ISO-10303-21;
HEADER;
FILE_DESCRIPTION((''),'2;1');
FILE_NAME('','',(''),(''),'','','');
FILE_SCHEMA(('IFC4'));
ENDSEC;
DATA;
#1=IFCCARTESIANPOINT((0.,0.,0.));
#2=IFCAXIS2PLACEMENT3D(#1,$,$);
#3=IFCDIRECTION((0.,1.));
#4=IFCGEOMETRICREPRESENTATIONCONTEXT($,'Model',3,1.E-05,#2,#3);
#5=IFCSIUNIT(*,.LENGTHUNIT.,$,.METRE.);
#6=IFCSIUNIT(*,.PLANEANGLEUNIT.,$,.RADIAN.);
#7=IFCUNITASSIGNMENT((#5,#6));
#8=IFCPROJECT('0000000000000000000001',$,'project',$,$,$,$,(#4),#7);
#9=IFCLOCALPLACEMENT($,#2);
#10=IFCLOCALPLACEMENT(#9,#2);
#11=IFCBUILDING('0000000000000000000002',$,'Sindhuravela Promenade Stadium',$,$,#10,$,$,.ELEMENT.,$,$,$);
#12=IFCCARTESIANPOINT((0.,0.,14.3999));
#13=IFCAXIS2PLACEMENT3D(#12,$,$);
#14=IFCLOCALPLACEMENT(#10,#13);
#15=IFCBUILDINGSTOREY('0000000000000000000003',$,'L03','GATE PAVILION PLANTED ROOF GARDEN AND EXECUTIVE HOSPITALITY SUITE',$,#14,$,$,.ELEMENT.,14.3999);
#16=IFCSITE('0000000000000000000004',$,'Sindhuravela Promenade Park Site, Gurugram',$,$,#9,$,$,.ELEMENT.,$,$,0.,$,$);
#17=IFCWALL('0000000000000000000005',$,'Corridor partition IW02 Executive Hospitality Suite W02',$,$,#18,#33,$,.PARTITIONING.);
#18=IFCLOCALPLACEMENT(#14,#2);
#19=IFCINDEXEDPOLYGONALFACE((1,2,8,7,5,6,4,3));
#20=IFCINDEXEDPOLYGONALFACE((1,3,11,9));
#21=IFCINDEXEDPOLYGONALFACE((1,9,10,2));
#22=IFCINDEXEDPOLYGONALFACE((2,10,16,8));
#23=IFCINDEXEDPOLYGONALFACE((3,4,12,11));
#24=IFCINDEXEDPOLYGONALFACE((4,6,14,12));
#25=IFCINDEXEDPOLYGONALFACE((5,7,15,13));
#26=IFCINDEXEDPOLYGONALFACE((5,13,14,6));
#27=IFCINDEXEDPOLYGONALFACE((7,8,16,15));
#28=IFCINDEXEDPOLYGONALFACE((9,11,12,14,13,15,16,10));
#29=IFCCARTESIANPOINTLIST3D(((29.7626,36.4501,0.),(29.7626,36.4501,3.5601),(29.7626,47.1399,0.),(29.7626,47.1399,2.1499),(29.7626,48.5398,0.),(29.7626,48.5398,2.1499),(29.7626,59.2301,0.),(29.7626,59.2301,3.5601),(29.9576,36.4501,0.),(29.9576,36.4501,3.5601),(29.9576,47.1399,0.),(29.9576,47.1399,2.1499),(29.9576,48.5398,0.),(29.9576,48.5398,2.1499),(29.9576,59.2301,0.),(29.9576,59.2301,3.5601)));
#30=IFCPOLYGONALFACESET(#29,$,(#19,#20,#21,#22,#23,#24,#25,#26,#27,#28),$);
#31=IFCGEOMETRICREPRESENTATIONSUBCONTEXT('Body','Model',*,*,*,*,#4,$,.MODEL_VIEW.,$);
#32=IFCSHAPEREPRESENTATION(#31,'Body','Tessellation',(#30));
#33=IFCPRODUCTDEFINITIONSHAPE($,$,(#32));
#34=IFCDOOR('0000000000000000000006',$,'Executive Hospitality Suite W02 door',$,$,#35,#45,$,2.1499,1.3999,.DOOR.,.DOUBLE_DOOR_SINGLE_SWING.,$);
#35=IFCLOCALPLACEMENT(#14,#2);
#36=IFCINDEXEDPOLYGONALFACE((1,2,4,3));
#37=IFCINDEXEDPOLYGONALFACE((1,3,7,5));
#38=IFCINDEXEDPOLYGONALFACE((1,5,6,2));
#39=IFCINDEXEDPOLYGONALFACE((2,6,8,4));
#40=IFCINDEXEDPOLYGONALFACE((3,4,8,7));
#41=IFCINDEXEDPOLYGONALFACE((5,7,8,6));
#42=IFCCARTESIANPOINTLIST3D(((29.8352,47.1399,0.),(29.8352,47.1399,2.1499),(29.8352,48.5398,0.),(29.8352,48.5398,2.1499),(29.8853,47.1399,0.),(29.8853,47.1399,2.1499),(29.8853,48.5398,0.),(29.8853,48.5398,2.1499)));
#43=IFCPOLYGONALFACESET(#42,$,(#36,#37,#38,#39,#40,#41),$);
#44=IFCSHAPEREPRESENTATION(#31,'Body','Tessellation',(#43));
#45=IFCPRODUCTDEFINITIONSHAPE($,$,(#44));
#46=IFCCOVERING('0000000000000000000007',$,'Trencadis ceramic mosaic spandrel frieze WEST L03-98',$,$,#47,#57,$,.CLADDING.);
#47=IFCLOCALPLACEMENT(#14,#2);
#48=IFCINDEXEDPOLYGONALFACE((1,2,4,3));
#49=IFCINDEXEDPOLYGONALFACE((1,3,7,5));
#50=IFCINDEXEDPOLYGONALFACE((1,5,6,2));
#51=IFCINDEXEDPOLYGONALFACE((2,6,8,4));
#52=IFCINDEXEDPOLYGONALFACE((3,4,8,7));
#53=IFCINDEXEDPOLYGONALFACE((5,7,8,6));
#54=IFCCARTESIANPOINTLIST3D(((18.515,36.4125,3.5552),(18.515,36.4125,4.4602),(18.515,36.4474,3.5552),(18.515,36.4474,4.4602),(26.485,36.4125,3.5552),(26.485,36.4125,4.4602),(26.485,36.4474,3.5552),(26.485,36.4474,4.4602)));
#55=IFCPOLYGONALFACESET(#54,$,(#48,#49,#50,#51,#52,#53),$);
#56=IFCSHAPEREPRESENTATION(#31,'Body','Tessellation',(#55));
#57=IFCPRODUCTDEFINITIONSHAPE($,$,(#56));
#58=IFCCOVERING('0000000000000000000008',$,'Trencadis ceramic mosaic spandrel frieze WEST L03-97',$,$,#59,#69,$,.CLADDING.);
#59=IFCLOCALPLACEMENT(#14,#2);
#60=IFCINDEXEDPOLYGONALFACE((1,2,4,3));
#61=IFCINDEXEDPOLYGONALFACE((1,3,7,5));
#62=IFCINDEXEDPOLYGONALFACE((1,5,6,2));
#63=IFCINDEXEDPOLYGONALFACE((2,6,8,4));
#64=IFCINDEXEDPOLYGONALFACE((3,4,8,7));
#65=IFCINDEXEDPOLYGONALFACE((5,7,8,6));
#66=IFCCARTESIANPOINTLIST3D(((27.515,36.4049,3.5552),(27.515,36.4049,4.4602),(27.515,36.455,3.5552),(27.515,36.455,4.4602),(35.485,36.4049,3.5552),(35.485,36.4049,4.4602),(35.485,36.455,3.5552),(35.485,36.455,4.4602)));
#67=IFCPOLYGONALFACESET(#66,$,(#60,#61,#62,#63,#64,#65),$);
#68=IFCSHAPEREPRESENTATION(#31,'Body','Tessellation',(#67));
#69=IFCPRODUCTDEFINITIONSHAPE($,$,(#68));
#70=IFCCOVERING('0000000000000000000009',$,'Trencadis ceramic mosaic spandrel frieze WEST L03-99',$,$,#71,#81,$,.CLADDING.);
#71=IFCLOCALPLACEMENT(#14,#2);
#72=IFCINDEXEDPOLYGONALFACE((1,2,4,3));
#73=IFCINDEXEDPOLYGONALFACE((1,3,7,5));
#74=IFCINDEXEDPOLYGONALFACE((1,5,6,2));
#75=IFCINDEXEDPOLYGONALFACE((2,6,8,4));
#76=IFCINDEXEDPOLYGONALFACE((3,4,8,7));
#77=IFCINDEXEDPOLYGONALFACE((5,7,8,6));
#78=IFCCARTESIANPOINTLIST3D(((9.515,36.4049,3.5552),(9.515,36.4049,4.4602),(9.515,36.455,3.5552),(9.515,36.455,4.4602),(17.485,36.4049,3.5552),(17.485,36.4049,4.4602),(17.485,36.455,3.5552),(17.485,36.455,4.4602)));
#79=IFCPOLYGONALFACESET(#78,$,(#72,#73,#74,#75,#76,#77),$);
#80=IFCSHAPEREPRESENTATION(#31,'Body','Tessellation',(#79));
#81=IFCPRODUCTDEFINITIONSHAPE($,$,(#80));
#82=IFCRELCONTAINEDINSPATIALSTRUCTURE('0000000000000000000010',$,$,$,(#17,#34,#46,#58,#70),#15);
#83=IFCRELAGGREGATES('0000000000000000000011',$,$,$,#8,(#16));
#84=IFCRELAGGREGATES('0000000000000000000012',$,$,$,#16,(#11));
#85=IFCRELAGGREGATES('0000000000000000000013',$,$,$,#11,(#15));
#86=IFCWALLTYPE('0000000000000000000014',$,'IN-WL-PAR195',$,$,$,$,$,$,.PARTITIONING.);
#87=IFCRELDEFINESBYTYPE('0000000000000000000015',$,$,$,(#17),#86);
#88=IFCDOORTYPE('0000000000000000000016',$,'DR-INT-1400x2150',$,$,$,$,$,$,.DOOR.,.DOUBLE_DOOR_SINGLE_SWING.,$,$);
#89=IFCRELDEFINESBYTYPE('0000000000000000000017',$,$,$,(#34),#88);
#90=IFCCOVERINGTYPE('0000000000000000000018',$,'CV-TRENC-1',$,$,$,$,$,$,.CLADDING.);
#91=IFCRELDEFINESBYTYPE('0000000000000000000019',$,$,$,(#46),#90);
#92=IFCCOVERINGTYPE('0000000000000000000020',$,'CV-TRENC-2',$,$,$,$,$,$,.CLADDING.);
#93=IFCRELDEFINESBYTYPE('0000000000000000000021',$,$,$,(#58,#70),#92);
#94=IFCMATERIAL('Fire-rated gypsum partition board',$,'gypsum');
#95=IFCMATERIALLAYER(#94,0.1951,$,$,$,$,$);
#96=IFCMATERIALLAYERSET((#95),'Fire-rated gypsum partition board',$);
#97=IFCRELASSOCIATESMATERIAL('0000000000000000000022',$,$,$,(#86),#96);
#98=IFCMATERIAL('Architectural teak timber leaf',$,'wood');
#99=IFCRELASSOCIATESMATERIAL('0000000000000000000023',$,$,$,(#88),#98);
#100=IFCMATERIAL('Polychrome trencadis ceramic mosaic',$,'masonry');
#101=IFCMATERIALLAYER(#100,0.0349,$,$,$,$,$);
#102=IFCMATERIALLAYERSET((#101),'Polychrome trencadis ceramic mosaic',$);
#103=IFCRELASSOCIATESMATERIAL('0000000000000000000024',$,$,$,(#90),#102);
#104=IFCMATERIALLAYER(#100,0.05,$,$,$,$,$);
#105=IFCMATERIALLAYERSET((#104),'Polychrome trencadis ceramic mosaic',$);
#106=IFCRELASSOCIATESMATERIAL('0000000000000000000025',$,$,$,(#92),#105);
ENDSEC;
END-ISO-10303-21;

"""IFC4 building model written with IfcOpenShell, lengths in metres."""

from ifc_helpers import new_model, si_unit, direction, frame, frame_2d, origin, origin_2d, place, context, subcontext, project, spatial, rectangle, extrude, material, layer, layer_set, type_object, element, fill, save


model = new_model("IFC4")

# Units and contexts
model_context = context("Model", 3, precision=1e-05, world=origin(), true_north=direction((0.0, 1.0)))
body_context = subcontext(model_context, "Body", "Model", "MODEL_VIEW")
ifc_project = project(units=[si_unit("LENGTHUNIT", "METRE"), si_unit("PLANEANGLEUNIT", "RADIAN")], contexts=[model_context])

# Site, building, storey
site_placement = place(None, origin())
site = spatial("IfcSite", under=ifc_project, at=site_placement, Name="Sindhuravela Promenade Park Site, Gurugram", CompositionType="ELEMENT", RefElevation=0.0)
building_placement = place(site_placement, origin())
building = spatial("IfcBuilding", under=site, at=building_placement, Name="Sindhuravela Promenade Stadium", CompositionType="ELEMENT")
storey_placement = place(building_placement, frame((0.0, 0.0, 14.3999)))
storey = spatial("IfcBuildingStorey", under=building, at=storey_placement, Name="L03", Description="GATE PAVILION PLANTED ROOF GARDEN AND EXECUTIVE HOSPITALITY SUITE", CompositionType="ELEMENT", Elevation=14.3999)

# Wall, opening, door
ifc_material_1 = material(Name="Fire-rated gypsum partition board", Category="gypsum")
ifc_layer_1 = layer(ifc_material_1, 0.1951)
ifc_layer_set_1 = layer_set([ifc_layer_1], Name="Fire-rated gypsum partition board")
wall_type_1 = type_object("IfcWallType", Name="IN-WL-PAR195", PredefinedType="PARTITIONING", material=ifc_layer_set_1)
wall_1_placement = place(storey_placement, frame((29.8601, 36.45, 0.0), z_axis=(0.0, 0.0, 1.0), x_axis=(0.0, 1.0, 0.0)))
wall_1 = element("IfcWall", 1, at=wall_1_placement, inside=storey, type_object=wall_type_1, Name="Corridor partition IW02 Executive Hospitality Suite W02", PredefinedType="PARTITIONING", context=body_context, shape_type="SweptSolid", body=[
    extrude(rectangle(XDim=22.78, YDim=0.1951, at=frame_2d((11.3901, 0.0))), origin(), (0.0, 0.0, 1.0), 3.5601),
])
opening_1_placement = place(wall_1_placement, frame((10.6899, 0.0, 0.0)))
opening_1 = element("IfcOpeningElement", 2, at=opening_1_placement, cuts=wall_1, PredefinedType="OPENING", context=body_context, shape_type="SweptSolid", body=[
    extrude(rectangle(XDim=1.3999, YDim=2.1499, at=frame_2d((0.7, 1.075))), frame((0.0, 0.1074, 0.0), z_axis=(0.0, -1.0, 0.0), x_axis=(1.0, 0.0, 0.0)), (0.0, 0.0, 1.0), 0.2151),
])
ifc_material_2 = material(Name="Architectural teak timber leaf", Category="wood")
door_type_1 = type_object("IfcDoorType", Name="DR-INT-1400x2150", OperationType="DOUBLE_DOOR_SINGLE_SWING", PredefinedType="DOOR", material=ifc_material_2)
door_1_placement = place(opening_1_placement, origin())
door_1 = element("IfcDoor", 3, at=door_1_placement, inside=storey, type_object=door_type_1, Name="Executive Hospitality Suite W02 door", OperationType="DOUBLE_DOOR_SINGLE_SWING", OverallHeight=2.1499, OverallWidth=1.3999, PredefinedType="DOOR", context=body_context, shape_type="SweptSolid", body=[
    extrude(rectangle(XDim=1.3999, YDim=2.1499, at=frame_2d((0.7, 1.075))), frame((0.0, 0.0249, 0.0), z_axis=(0.0, -1.0, 0.0), x_axis=(1.0, 0.0, 0.0)), (0.0, 0.0, 1.0), 0.05),
])
fill(opening_1, door_1)

# Coverings
ifc_material_3 = material(Name="Polychrome trencadis ceramic mosaic", Category="masonry")
ifc_layer_2 = layer(ifc_material_3, 0.0349)
ifc_layer_set_2 = layer_set([ifc_layer_2], Name="Polychrome trencadis ceramic mosaic")
covering_type_1 = type_object("IfcCoveringType", Name="CV-TRENC-1", PredefinedType="CLADDING", material=ifc_layer_set_2)
covering_placement = place(storey_placement, frame((22.5, 36.4299, 3.5552), z_axis=(0.0, 0.0, 1.0), x_axis=(-1.0, 0.0, 0.0)))
element("IfcCovering", 4, at=covering_placement, inside=storey, type_object=covering_type_1, Name="Trencadis ceramic mosaic spandrel frieze WEST L03-98", PredefinedType="CLADDING", context=body_context, shape_type="SweptSolid", body=[
    extrude(rectangle(XDim=7.97, YDim=0.0349, at=origin_2d()), origin(), (0.0, 0.0, 1.0), 0.905),
])
ifc_layer_3 = layer(ifc_material_3, 0.05)
ifc_layer_set_3 = layer_set([ifc_layer_3], Name="Polychrome trencadis ceramic mosaic")
covering_type_2 = type_object("IfcCoveringType", Name="CV-TRENC-2", PredefinedType="CLADDING", material=ifc_layer_set_3)
for number, where, z_axis, x_axis, name in (
    (5, (31.5, 36.4299, 3.5552), (0.0, 0.0, 1.0), (-1.0, 0.0, 0.0), "Trencadis ceramic mosaic spandrel frieze WEST L03-97"),
    (6, (13.5, 36.4299, 3.5552), (0.0, 0.0, 1.0), (-1.0, 0.0, 0.0), "Trencadis ceramic mosaic spandrel frieze WEST L03-99"),
):
    element("IfcCovering", number, at=place(storey_placement, frame(where, z_axis=z_axis, x_axis=x_axis)), inside=storey, type_object=covering_type_2, Name=name, PredefinedType="CLADDING", context=body_context, shape_type="SweptSolid", body=[
        extrude(rectangle(XDim=7.97, YDim=0.05, at=origin_2d()), origin(), (0.0, 0.0, 1.0), 0.905),
    ])

save(model, "model.ifc")
